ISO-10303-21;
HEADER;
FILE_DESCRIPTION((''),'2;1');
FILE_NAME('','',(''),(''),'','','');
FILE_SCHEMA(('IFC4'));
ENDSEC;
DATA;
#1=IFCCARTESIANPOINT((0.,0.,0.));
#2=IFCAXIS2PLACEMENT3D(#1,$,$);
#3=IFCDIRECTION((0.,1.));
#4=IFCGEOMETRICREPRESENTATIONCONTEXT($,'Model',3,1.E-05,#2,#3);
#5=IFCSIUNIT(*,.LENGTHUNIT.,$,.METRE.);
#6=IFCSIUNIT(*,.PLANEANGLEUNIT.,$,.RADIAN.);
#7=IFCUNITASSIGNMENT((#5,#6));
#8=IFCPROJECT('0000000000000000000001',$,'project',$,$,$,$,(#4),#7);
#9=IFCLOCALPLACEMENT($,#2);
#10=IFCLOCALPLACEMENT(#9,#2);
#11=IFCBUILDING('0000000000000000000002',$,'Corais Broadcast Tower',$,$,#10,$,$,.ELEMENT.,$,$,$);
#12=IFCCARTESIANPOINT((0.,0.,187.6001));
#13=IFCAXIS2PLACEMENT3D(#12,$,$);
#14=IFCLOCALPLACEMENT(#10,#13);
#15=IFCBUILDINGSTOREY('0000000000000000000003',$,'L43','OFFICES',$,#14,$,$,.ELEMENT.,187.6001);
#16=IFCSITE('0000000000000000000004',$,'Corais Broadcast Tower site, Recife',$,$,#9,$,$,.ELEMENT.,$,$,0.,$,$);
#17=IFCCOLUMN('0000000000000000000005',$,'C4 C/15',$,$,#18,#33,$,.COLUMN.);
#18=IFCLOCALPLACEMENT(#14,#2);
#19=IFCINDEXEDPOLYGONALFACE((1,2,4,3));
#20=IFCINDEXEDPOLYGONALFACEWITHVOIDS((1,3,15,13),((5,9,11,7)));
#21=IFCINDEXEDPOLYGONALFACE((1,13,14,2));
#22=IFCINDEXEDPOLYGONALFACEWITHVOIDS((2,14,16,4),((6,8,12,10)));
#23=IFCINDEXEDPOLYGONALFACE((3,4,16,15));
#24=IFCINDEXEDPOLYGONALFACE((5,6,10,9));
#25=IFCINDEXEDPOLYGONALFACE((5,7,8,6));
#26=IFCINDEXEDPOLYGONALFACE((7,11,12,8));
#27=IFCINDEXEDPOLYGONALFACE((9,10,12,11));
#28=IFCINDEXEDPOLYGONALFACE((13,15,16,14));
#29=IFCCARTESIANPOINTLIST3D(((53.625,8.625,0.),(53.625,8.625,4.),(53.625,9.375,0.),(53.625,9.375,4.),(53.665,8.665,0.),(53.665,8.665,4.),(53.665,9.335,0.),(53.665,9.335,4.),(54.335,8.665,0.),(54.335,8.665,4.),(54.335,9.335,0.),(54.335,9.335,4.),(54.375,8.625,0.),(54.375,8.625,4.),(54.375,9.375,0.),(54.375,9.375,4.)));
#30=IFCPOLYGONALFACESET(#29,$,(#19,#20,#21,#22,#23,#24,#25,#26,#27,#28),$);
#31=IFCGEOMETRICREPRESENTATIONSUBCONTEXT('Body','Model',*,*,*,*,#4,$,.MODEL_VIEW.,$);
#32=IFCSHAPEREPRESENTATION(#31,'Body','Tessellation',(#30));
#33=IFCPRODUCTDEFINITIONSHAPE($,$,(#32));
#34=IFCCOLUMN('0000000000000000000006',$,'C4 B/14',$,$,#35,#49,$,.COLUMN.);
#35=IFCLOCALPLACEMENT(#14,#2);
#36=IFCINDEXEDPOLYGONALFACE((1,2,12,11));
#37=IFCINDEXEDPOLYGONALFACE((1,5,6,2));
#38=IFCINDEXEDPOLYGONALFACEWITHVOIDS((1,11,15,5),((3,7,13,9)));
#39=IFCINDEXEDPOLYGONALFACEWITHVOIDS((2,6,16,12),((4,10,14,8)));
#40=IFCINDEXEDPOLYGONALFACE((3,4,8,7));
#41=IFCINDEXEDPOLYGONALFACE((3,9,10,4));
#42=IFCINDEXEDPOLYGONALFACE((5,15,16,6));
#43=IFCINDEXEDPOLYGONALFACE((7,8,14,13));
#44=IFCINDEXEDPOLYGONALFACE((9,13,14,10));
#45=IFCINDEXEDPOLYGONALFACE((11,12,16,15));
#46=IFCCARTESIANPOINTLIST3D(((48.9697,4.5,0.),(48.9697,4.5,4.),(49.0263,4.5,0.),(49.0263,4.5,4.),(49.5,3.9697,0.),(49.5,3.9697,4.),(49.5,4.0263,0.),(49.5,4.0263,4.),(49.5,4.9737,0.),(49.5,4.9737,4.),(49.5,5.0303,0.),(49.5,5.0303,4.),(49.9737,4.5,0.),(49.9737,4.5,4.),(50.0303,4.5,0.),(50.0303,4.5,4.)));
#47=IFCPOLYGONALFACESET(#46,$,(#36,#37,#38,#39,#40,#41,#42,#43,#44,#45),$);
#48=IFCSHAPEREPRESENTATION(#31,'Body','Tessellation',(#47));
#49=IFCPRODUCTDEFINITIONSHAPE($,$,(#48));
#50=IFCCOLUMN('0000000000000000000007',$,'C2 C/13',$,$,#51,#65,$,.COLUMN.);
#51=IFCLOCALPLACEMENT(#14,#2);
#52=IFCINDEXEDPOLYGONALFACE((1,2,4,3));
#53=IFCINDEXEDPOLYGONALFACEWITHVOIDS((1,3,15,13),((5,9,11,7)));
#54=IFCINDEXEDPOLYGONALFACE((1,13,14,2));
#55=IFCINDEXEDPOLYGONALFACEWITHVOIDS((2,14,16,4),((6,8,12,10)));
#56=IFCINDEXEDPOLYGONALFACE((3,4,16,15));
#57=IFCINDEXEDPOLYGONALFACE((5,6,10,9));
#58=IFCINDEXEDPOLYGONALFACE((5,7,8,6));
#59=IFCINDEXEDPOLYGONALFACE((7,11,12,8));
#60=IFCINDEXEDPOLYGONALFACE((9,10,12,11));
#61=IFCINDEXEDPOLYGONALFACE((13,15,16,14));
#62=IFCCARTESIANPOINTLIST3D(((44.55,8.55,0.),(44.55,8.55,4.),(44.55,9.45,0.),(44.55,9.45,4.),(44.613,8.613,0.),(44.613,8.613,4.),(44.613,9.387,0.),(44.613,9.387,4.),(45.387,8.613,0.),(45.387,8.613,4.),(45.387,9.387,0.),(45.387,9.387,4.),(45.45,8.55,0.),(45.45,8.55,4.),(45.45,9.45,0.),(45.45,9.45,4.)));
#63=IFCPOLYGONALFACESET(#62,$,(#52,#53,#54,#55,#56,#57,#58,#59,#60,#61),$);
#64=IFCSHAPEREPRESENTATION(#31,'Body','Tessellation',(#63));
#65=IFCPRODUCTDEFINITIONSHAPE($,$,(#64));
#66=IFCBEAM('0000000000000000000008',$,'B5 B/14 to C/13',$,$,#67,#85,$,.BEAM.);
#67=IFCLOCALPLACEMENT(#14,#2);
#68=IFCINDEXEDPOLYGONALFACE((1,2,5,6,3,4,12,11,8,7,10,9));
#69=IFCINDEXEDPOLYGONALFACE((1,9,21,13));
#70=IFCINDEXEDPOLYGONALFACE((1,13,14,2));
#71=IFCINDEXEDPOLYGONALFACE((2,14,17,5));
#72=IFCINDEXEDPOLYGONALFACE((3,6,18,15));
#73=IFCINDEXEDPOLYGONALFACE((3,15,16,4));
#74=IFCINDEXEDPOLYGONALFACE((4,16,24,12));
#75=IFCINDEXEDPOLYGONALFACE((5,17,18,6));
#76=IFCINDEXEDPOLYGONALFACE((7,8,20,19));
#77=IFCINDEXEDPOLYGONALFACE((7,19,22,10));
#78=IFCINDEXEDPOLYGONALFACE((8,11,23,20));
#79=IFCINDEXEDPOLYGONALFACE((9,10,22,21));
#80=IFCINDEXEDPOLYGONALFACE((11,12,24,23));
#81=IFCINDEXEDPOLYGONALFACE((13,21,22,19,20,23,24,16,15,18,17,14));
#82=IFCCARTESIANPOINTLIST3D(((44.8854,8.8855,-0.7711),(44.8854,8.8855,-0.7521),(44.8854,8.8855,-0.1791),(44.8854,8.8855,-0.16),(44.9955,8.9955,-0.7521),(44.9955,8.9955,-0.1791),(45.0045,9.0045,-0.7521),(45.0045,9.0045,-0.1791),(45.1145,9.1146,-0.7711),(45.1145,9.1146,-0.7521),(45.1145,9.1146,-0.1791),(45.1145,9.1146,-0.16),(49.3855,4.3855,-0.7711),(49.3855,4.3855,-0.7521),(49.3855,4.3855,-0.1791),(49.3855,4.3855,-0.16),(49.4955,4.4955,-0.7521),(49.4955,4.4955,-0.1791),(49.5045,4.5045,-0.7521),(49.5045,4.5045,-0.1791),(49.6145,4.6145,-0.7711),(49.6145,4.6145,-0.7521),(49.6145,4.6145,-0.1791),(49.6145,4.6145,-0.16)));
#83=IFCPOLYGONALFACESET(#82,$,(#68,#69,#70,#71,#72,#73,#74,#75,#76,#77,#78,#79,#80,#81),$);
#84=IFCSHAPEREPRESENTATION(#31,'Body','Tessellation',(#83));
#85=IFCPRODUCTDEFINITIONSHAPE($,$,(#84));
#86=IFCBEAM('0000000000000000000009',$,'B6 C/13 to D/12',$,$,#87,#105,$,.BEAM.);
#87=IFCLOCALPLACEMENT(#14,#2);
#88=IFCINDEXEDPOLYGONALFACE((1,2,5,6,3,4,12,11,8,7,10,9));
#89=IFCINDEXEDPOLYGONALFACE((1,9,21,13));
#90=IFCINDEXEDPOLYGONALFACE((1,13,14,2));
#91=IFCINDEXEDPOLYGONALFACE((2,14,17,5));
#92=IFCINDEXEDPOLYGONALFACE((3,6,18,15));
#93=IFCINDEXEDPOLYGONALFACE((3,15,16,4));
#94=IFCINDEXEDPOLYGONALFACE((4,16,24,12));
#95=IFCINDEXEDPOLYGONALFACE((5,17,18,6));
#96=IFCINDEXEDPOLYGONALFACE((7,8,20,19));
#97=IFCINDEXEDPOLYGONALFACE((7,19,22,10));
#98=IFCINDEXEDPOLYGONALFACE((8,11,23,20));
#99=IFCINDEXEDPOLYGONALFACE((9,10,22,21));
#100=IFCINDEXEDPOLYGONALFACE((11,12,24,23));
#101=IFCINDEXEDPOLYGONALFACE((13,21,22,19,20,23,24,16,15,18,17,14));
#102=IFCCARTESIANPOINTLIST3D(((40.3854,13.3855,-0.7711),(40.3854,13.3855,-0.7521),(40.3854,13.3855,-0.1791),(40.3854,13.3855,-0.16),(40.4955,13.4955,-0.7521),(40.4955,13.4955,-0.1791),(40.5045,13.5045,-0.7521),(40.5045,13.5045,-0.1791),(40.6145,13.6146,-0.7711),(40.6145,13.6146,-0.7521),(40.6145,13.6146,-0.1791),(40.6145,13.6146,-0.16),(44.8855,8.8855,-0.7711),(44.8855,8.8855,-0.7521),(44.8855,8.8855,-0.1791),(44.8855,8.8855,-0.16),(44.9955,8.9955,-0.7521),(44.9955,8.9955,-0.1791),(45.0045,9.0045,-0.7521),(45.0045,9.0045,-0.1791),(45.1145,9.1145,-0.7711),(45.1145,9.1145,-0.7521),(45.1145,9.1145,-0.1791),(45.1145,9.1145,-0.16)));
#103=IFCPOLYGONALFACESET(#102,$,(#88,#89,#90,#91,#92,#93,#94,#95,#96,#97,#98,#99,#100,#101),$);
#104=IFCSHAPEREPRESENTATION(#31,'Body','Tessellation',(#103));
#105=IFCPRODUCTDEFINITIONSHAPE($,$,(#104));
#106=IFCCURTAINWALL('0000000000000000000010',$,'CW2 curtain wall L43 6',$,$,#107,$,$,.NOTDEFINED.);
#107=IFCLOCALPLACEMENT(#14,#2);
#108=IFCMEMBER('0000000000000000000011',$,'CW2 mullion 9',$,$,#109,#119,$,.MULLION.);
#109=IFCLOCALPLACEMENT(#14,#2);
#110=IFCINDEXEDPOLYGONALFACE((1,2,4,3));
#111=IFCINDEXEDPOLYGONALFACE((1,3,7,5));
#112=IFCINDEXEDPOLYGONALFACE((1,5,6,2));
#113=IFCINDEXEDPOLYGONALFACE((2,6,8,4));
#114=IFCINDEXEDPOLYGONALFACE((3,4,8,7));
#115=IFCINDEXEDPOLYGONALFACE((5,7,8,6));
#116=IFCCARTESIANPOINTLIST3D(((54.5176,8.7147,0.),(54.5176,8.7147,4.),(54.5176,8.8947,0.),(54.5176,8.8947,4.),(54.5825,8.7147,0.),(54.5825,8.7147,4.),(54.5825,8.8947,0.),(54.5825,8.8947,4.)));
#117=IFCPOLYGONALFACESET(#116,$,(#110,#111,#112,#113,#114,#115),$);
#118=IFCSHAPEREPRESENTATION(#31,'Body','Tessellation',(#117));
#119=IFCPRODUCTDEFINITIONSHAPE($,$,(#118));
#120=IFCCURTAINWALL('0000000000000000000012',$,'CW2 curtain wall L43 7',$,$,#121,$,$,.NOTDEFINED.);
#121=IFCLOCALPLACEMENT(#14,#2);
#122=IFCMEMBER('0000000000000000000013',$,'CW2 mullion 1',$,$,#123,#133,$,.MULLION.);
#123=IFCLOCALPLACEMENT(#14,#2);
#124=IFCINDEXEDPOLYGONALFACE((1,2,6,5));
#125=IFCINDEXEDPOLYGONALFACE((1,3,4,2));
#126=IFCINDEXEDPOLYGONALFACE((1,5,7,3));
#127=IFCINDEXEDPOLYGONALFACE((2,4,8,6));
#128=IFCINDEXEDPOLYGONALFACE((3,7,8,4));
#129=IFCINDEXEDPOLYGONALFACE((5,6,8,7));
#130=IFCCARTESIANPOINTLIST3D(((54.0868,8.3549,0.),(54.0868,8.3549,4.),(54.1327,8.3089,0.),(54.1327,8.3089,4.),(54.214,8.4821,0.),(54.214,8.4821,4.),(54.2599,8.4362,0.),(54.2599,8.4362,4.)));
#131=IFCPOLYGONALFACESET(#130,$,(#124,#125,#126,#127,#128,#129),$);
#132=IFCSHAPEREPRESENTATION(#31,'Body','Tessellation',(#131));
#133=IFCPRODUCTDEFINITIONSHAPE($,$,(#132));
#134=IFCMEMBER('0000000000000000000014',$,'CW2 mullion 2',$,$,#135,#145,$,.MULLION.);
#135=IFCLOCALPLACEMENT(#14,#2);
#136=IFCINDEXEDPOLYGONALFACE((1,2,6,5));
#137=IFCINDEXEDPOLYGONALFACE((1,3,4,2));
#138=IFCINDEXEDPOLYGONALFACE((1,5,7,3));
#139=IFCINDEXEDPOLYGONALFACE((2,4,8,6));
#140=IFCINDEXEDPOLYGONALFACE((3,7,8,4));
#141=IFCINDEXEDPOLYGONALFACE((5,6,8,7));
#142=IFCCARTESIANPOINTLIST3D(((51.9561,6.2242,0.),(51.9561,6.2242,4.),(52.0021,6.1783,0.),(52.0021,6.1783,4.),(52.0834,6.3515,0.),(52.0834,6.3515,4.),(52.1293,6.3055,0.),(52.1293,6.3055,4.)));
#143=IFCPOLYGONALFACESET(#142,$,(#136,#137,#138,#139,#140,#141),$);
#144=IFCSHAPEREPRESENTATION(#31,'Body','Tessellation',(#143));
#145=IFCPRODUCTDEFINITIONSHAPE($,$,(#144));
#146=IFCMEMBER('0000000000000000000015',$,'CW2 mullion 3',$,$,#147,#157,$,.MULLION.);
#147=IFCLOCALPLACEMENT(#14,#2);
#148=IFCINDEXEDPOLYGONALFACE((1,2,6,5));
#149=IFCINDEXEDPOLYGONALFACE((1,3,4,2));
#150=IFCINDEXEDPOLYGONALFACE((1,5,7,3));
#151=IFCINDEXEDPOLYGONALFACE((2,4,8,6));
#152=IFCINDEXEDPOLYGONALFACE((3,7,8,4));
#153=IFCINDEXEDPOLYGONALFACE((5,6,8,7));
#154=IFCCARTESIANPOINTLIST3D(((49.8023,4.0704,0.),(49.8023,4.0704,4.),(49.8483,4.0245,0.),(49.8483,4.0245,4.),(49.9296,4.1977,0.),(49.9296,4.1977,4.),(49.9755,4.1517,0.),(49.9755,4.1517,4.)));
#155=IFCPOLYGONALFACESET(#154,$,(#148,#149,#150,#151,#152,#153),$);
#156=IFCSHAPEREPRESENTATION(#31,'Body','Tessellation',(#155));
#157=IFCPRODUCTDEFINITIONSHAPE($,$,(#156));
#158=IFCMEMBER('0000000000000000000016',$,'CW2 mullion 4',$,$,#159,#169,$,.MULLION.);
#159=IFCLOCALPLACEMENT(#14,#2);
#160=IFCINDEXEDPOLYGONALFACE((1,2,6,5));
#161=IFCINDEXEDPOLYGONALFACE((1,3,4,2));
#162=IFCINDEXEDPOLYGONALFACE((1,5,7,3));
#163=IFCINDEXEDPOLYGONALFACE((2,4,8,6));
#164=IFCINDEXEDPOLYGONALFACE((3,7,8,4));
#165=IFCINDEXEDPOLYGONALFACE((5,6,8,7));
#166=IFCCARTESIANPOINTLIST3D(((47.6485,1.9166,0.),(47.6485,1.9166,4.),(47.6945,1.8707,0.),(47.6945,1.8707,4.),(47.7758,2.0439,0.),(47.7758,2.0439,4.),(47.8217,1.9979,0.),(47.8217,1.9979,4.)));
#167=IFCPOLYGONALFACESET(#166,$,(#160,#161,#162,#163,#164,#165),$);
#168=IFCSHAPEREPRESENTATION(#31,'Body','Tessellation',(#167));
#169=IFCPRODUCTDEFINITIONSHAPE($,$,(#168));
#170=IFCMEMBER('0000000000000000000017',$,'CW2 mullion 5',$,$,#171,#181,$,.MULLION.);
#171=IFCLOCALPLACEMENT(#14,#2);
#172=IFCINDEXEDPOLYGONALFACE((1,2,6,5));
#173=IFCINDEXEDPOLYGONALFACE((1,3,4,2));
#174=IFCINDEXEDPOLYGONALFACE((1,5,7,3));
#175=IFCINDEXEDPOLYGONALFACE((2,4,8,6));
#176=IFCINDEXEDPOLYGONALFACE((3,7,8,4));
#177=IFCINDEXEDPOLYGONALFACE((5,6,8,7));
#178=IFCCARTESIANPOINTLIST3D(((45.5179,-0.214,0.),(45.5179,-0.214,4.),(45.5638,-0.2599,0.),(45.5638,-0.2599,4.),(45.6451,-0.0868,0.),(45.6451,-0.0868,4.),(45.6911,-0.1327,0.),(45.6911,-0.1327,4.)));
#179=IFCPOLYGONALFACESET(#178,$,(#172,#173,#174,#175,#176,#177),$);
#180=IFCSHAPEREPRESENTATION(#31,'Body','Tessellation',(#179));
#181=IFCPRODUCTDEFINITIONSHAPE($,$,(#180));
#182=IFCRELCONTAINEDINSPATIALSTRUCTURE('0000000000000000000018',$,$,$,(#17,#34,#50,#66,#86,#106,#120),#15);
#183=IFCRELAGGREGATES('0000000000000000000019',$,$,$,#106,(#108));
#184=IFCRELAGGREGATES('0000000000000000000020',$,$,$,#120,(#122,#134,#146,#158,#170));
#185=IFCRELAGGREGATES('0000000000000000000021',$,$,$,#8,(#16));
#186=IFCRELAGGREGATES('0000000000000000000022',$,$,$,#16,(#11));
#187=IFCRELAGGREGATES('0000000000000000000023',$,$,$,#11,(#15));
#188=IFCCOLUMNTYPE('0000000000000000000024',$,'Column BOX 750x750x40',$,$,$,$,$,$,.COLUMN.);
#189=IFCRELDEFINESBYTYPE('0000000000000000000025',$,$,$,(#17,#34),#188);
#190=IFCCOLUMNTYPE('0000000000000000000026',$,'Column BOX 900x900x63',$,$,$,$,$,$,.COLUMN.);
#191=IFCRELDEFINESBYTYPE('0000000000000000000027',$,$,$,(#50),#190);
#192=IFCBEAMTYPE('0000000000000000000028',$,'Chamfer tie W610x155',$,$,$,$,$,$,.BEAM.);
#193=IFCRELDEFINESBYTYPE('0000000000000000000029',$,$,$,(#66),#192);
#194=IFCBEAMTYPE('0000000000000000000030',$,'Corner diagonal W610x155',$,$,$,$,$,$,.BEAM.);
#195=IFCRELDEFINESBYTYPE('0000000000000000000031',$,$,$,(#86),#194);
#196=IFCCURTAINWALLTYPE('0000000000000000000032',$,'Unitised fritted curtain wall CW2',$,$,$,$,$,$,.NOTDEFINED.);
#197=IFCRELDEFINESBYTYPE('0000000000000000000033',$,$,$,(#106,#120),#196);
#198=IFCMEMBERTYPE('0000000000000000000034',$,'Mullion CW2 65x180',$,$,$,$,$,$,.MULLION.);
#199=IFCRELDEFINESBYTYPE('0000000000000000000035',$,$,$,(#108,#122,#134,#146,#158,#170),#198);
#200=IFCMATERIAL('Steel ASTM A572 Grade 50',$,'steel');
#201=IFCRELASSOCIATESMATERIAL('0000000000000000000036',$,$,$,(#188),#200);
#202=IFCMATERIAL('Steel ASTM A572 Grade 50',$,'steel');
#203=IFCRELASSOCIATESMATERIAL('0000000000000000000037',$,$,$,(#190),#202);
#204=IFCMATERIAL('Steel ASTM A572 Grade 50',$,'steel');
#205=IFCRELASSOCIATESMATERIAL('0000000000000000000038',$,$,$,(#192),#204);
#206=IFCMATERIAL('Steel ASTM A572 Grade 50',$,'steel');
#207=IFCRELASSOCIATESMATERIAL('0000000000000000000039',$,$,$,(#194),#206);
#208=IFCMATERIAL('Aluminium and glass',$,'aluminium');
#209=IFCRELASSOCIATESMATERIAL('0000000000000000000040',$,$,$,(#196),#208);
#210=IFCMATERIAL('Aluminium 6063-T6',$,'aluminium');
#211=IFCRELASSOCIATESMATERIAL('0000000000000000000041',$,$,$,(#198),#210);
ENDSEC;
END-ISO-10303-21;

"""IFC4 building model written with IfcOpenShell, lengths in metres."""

from ifc_helpers import new_model, si_unit, direction, frame, origin, origin_2d, place, context, subcontext, project, spatial, rectangle, hollow_rectangle, i_section, extrude, material, material_profile, profile_set, type_object, element, aggregate, save


model = new_model("IFC4")

# Units and contexts
model_context = context("Model", 3, precision=1e-05, world=origin(), true_north=direction((0.0, 1.0)))
body_context = subcontext(model_context, "Body", "Model", "MODEL_VIEW")
ifc_project = project(units=[si_unit("LENGTHUNIT", "METRE"), si_unit("PLANEANGLEUNIT", "RADIAN")], contexts=[model_context])

# Site, building, storey
site_placement = place(None, origin())
site = spatial("IfcSite", under=ifc_project, at=site_placement, Name="Corais Broadcast Tower site, Recife", CompositionType="ELEMENT", RefElevation=0.0)
building_placement = place(site_placement, origin())
building = spatial("IfcBuilding", under=site, at=building_placement, Name="Corais Broadcast Tower", CompositionType="ELEMENT")
storey_placement = place(building_placement, frame((0.0, 0.0, 187.6001)))
storey = spatial("IfcBuildingStorey", under=building, at=storey_placement, Name="L43", Description="OFFICES", CompositionType="ELEMENT", Elevation=187.6001)

# Columns
ifc_material_1 = material(Name="Steel ASTM A572 Grade 50", Category="steel")
ifc_material_profile_1 = material_profile(ifc_material_1, hollow_rectangle(XDim=0.75, YDim=0.75, WallThickness=0.04, at=origin_2d()), Name="BOX 750x750x40")
ifc_profile_set_1 = profile_set([ifc_material_profile_1], Name="Steel ASTM A572 Grade 50")
column_type_1 = type_object("IfcColumnType", Name="Column BOX 750x750x40", PredefinedType="COLUMN", material=ifc_profile_set_1)
for number, where, z_axis, x_axis, name in (
    (1, (54.0, 9.0, 0.0), (0.0, 0.0, 1.0), (1.0, 0.0, 0.0), "C4 C/15"),
    (2, (49.5, 4.5, 0.0), (0.0, 0.0, 1.0), (0.707107, 0.707107, 0.0), "C4 B/14"),
):
    element("IfcColumn", number, at=place(storey_placement, frame(where, z_axis=z_axis, x_axis=x_axis)), inside=storey, type_object=column_type_1, Name=name, PredefinedType="COLUMN", context=body_context, shape_type="SweptSolid", body=[
        extrude(hollow_rectangle(XDim=0.75, YDim=0.75, WallThickness=0.04, at=origin_2d()), origin(), (0.0, 0.0, 1.0), 4.0),
    ])
ifc_material_2 = material(Name="Steel ASTM A572 Grade 50", Category="steel")
ifc_material_profile_2 = material_profile(ifc_material_2, hollow_rectangle(XDim=0.8999, YDim=0.8999, WallThickness=0.063, at=origin_2d()), Name="BOX 900x900x63")
ifc_profile_set_2 = profile_set([ifc_material_profile_2], Name="Steel ASTM A572 Grade 50")
column_type_2 = type_object("IfcColumnType", Name="Column BOX 900x900x63", PredefinedType="COLUMN", material=ifc_profile_set_2)
column_placement = place(storey_placement, frame((45.0, 9.0, 0.0), z_axis=(0.0, 0.0, 1.0), x_axis=(1.0, 0.0, 0.0)))
element("IfcColumn", 3, at=column_placement, inside=storey, type_object=column_type_2, Name="C2 C/13", PredefinedType="COLUMN", context=body_context, shape_type="SweptSolid", body=[
    extrude(hollow_rectangle(XDim=0.8999, YDim=0.8999, WallThickness=0.063, at=origin_2d()), origin(), (0.0, 0.0, 1.0), 4.0),
])

# Beams
ifc_material_3 = material(Name="Steel ASTM A572 Grade 50", Category="steel")
ifc_material_profile_3 = material_profile(ifc_material_3, i_section(OverallWidth=0.324, OverallDepth=0.6111, WebThickness=0.0127, FlangeThickness=0.019, at=origin_2d()), Name="W610x155")
ifc_profile_set_3 = profile_set([ifc_material_profile_3], Name="Steel ASTM A572 Grade 50")
beam_type_1 = type_object("IfcBeamType", Name="Chamfer tie W610x155", PredefinedType="BEAM", material=ifc_profile_set_3)
beam_1_placement = place(storey_placement, frame((49.5, 4.5, -0.4656), z_axis=(-0.707107, 0.707107, 0.0), x_axis=(-0.707107, -0.707107, 0.0)))
element("IfcBeam", 4, at=beam_1_placement, inside=storey, type_object=beam_type_1, Name="B5 B/14 to C/13", PredefinedType="BEAM", context=body_context, shape_type="SweptSolid", body=[
    extrude(i_section(OverallWidth=0.324, OverallDepth=0.6111, WebThickness=0.0127, FlangeThickness=0.019, at=origin_2d()), origin(), (0.0, 0.0, 1.0), 6.364),
])
ifc_material_4 = material(Name="Steel ASTM A572 Grade 50", Category="steel")
ifc_material_profile_4 = material_profile(ifc_material_4, i_section(OverallWidth=0.324, OverallDepth=0.6111, WebThickness=0.0127, FlangeThickness=0.019, at=origin_2d()), Name="W610x155")
ifc_profile_set_4 = profile_set([ifc_material_profile_4], Name="Steel ASTM A572 Grade 50")
beam_type_2 = type_object("IfcBeamType", Name="Corner diagonal W610x155", PredefinedType="BEAM", material=ifc_profile_set_4)
beam_2_placement = place(storey_placement, frame((45.0, 9.0, -0.4656), z_axis=(-0.707107, 0.707107, 0.0), x_axis=(-0.707107, -0.707107, 0.0)))
element("IfcBeam", 5, at=beam_2_placement, inside=storey, type_object=beam_type_2, Name="B6 C/13 to D/12", PredefinedType="BEAM", context=body_context, shape_type="SweptSolid", body=[
    extrude(i_section(OverallWidth=0.324, OverallDepth=0.6111, WebThickness=0.0127, FlangeThickness=0.019, at=origin_2d()), origin(), (0.0, 0.0, 1.0), 6.364),
])

# Curtain wall, member
ifc_material_5 = material(Name="Aluminium and glass", Category="aluminium")
curtain_wall_type = type_object("IfcCurtainWallType", Name="Unitised fritted curtain wall CW2", PredefinedType="NOTDEFINED", material=ifc_material_5)
curtain_wall_1_placement = place(storey_placement, origin())
curtain_wall_1 = element("IfcCurtainWall", 6, at=curtain_wall_1_placement, inside=storey, type_object=curtain_wall_type, Name="CW2 curtain wall L43 6", PredefinedType="NOTDEFINED")
ifc_material_6 = material(Name="Aluminium 6063-T6", Category="aluminium")
ifc_material_profile_5 = material_profile(ifc_material_6, rectangle(XDim=0.0649, YDim=0.1799, at=origin_2d()), Name="Mullion CW2 65x180")
ifc_profile_set_5 = profile_set([ifc_material_profile_5], Name="Aluminium 6063-T6")
member_type_1 = type_object("IfcMemberType", Name="Mullion CW2 65x180", PredefinedType="MULLION", material=ifc_profile_set_5)
member_1_placement = place(storey_placement, frame((54.55, 8.8047, 0.0), z_axis=(0.0, 0.0, 1.0), x_axis=(1.0, 0.0, 0.0)))
member_1 = element("IfcMember", 7, at=member_1_placement, type_object=member_type_1, Name="CW2 mullion 9", PredefinedType="MULLION", context=body_context, shape_type="SweptSolid", body=[
    extrude(rectangle(XDim=0.0649, YDim=0.1799, at=origin_2d()), origin(), (0.0, 0.0, 1.0), 4.0),
])
aggregate(curtain_wall_1, [member_1])

# Curtain wall, members
curtain_wall_2_placement = place(storey_placement, origin())
curtain_wall_2 = element("IfcCurtainWall", 8, at=curtain_wall_2_placement, inside=storey, type_object=curtain_wall_type, Name="CW2 curtain wall L43 7", PredefinedType="NOTDEFINED")
member_2_placement = place(storey_placement, frame((54.1733, 8.3955, 0.0), z_axis=(0.0, 0.0, 1.0), x_axis=(0.707107, -0.707107, 0.0)))
member_2 = element("IfcMember", 9, at=member_2_placement, type_object=member_type_1, Name="CW2 mullion 1", PredefinedType="MULLION", context=body_context, shape_type="SweptSolid", body=[
    extrude(rectangle(XDim=0.0649, YDim=0.1799, at=origin_2d()), origin(), (0.0, 0.0, 1.0), 4.0),
])
member_3_placement = place(storey_placement, frame((52.0427, 6.2649, 0.0), z_axis=(0.0, 0.0, 1.0), x_axis=(0.707107, -0.707107, 0.0)))
member_3 = element("IfcMember", 10, at=member_3_placement, type_object=member_type_1, Name="CW2 mullion 2", PredefinedType="MULLION", context=body_context, shape_type="SweptSolid", body=[
    extrude(rectangle(XDim=0.0649, YDim=0.1799, at=origin_2d()), origin(), (0.0, 0.0, 1.0), 4.0),
])
member_4_placement = place(storey_placement, frame((49.8889, 4.1111, 0.0), z_axis=(0.0, 0.0, 1.0), x_axis=(0.707107, -0.707107, 0.0)))
member_4 = element("IfcMember", 11, at=member_4_placement, type_object=member_type_1, Name="CW2 mullion 3", PredefinedType="MULLION", context=body_context, shape_type="SweptSolid", body=[
    extrude(rectangle(XDim=0.0649, YDim=0.1799, at=origin_2d()), origin(), (0.0, 0.0, 1.0), 4.0),
])
member_5_placement = place(storey_placement, frame((47.7351, 1.9573, 0.0), z_axis=(0.0, 0.0, 1.0), x_axis=(0.707107, -0.707107, 0.0)))
member_5 = element("IfcMember", 12, at=member_5_placement, type_object=member_type_1, Name="CW2 mullion 4", PredefinedType="MULLION", context=body_context, shape_type="SweptSolid", body=[
    extrude(rectangle(XDim=0.0649, YDim=0.1799, at=origin_2d()), origin(), (0.0, 0.0, 1.0), 4.0),
])
member_6_placement = place(storey_placement, frame((45.6045, -0.1733, 0.0), z_axis=(0.0, 0.0, 1.0), x_axis=(0.707107, -0.707107, 0.0)))
member_6 = element("IfcMember", 13, at=member_6_placement, type_object=member_type_1, Name="CW2 mullion 5", PredefinedType="MULLION", context=body_context, shape_type="SweptSolid", body=[
    extrude(rectangle(XDim=0.0649, YDim=0.1799, at=origin_2d()), origin(), (0.0, 0.0, 1.0), 4.0),
])

aggregate(curtain_wall_2, [member_2, member_3, member_4, member_5, member_6])

save(model, "model.ifc")
